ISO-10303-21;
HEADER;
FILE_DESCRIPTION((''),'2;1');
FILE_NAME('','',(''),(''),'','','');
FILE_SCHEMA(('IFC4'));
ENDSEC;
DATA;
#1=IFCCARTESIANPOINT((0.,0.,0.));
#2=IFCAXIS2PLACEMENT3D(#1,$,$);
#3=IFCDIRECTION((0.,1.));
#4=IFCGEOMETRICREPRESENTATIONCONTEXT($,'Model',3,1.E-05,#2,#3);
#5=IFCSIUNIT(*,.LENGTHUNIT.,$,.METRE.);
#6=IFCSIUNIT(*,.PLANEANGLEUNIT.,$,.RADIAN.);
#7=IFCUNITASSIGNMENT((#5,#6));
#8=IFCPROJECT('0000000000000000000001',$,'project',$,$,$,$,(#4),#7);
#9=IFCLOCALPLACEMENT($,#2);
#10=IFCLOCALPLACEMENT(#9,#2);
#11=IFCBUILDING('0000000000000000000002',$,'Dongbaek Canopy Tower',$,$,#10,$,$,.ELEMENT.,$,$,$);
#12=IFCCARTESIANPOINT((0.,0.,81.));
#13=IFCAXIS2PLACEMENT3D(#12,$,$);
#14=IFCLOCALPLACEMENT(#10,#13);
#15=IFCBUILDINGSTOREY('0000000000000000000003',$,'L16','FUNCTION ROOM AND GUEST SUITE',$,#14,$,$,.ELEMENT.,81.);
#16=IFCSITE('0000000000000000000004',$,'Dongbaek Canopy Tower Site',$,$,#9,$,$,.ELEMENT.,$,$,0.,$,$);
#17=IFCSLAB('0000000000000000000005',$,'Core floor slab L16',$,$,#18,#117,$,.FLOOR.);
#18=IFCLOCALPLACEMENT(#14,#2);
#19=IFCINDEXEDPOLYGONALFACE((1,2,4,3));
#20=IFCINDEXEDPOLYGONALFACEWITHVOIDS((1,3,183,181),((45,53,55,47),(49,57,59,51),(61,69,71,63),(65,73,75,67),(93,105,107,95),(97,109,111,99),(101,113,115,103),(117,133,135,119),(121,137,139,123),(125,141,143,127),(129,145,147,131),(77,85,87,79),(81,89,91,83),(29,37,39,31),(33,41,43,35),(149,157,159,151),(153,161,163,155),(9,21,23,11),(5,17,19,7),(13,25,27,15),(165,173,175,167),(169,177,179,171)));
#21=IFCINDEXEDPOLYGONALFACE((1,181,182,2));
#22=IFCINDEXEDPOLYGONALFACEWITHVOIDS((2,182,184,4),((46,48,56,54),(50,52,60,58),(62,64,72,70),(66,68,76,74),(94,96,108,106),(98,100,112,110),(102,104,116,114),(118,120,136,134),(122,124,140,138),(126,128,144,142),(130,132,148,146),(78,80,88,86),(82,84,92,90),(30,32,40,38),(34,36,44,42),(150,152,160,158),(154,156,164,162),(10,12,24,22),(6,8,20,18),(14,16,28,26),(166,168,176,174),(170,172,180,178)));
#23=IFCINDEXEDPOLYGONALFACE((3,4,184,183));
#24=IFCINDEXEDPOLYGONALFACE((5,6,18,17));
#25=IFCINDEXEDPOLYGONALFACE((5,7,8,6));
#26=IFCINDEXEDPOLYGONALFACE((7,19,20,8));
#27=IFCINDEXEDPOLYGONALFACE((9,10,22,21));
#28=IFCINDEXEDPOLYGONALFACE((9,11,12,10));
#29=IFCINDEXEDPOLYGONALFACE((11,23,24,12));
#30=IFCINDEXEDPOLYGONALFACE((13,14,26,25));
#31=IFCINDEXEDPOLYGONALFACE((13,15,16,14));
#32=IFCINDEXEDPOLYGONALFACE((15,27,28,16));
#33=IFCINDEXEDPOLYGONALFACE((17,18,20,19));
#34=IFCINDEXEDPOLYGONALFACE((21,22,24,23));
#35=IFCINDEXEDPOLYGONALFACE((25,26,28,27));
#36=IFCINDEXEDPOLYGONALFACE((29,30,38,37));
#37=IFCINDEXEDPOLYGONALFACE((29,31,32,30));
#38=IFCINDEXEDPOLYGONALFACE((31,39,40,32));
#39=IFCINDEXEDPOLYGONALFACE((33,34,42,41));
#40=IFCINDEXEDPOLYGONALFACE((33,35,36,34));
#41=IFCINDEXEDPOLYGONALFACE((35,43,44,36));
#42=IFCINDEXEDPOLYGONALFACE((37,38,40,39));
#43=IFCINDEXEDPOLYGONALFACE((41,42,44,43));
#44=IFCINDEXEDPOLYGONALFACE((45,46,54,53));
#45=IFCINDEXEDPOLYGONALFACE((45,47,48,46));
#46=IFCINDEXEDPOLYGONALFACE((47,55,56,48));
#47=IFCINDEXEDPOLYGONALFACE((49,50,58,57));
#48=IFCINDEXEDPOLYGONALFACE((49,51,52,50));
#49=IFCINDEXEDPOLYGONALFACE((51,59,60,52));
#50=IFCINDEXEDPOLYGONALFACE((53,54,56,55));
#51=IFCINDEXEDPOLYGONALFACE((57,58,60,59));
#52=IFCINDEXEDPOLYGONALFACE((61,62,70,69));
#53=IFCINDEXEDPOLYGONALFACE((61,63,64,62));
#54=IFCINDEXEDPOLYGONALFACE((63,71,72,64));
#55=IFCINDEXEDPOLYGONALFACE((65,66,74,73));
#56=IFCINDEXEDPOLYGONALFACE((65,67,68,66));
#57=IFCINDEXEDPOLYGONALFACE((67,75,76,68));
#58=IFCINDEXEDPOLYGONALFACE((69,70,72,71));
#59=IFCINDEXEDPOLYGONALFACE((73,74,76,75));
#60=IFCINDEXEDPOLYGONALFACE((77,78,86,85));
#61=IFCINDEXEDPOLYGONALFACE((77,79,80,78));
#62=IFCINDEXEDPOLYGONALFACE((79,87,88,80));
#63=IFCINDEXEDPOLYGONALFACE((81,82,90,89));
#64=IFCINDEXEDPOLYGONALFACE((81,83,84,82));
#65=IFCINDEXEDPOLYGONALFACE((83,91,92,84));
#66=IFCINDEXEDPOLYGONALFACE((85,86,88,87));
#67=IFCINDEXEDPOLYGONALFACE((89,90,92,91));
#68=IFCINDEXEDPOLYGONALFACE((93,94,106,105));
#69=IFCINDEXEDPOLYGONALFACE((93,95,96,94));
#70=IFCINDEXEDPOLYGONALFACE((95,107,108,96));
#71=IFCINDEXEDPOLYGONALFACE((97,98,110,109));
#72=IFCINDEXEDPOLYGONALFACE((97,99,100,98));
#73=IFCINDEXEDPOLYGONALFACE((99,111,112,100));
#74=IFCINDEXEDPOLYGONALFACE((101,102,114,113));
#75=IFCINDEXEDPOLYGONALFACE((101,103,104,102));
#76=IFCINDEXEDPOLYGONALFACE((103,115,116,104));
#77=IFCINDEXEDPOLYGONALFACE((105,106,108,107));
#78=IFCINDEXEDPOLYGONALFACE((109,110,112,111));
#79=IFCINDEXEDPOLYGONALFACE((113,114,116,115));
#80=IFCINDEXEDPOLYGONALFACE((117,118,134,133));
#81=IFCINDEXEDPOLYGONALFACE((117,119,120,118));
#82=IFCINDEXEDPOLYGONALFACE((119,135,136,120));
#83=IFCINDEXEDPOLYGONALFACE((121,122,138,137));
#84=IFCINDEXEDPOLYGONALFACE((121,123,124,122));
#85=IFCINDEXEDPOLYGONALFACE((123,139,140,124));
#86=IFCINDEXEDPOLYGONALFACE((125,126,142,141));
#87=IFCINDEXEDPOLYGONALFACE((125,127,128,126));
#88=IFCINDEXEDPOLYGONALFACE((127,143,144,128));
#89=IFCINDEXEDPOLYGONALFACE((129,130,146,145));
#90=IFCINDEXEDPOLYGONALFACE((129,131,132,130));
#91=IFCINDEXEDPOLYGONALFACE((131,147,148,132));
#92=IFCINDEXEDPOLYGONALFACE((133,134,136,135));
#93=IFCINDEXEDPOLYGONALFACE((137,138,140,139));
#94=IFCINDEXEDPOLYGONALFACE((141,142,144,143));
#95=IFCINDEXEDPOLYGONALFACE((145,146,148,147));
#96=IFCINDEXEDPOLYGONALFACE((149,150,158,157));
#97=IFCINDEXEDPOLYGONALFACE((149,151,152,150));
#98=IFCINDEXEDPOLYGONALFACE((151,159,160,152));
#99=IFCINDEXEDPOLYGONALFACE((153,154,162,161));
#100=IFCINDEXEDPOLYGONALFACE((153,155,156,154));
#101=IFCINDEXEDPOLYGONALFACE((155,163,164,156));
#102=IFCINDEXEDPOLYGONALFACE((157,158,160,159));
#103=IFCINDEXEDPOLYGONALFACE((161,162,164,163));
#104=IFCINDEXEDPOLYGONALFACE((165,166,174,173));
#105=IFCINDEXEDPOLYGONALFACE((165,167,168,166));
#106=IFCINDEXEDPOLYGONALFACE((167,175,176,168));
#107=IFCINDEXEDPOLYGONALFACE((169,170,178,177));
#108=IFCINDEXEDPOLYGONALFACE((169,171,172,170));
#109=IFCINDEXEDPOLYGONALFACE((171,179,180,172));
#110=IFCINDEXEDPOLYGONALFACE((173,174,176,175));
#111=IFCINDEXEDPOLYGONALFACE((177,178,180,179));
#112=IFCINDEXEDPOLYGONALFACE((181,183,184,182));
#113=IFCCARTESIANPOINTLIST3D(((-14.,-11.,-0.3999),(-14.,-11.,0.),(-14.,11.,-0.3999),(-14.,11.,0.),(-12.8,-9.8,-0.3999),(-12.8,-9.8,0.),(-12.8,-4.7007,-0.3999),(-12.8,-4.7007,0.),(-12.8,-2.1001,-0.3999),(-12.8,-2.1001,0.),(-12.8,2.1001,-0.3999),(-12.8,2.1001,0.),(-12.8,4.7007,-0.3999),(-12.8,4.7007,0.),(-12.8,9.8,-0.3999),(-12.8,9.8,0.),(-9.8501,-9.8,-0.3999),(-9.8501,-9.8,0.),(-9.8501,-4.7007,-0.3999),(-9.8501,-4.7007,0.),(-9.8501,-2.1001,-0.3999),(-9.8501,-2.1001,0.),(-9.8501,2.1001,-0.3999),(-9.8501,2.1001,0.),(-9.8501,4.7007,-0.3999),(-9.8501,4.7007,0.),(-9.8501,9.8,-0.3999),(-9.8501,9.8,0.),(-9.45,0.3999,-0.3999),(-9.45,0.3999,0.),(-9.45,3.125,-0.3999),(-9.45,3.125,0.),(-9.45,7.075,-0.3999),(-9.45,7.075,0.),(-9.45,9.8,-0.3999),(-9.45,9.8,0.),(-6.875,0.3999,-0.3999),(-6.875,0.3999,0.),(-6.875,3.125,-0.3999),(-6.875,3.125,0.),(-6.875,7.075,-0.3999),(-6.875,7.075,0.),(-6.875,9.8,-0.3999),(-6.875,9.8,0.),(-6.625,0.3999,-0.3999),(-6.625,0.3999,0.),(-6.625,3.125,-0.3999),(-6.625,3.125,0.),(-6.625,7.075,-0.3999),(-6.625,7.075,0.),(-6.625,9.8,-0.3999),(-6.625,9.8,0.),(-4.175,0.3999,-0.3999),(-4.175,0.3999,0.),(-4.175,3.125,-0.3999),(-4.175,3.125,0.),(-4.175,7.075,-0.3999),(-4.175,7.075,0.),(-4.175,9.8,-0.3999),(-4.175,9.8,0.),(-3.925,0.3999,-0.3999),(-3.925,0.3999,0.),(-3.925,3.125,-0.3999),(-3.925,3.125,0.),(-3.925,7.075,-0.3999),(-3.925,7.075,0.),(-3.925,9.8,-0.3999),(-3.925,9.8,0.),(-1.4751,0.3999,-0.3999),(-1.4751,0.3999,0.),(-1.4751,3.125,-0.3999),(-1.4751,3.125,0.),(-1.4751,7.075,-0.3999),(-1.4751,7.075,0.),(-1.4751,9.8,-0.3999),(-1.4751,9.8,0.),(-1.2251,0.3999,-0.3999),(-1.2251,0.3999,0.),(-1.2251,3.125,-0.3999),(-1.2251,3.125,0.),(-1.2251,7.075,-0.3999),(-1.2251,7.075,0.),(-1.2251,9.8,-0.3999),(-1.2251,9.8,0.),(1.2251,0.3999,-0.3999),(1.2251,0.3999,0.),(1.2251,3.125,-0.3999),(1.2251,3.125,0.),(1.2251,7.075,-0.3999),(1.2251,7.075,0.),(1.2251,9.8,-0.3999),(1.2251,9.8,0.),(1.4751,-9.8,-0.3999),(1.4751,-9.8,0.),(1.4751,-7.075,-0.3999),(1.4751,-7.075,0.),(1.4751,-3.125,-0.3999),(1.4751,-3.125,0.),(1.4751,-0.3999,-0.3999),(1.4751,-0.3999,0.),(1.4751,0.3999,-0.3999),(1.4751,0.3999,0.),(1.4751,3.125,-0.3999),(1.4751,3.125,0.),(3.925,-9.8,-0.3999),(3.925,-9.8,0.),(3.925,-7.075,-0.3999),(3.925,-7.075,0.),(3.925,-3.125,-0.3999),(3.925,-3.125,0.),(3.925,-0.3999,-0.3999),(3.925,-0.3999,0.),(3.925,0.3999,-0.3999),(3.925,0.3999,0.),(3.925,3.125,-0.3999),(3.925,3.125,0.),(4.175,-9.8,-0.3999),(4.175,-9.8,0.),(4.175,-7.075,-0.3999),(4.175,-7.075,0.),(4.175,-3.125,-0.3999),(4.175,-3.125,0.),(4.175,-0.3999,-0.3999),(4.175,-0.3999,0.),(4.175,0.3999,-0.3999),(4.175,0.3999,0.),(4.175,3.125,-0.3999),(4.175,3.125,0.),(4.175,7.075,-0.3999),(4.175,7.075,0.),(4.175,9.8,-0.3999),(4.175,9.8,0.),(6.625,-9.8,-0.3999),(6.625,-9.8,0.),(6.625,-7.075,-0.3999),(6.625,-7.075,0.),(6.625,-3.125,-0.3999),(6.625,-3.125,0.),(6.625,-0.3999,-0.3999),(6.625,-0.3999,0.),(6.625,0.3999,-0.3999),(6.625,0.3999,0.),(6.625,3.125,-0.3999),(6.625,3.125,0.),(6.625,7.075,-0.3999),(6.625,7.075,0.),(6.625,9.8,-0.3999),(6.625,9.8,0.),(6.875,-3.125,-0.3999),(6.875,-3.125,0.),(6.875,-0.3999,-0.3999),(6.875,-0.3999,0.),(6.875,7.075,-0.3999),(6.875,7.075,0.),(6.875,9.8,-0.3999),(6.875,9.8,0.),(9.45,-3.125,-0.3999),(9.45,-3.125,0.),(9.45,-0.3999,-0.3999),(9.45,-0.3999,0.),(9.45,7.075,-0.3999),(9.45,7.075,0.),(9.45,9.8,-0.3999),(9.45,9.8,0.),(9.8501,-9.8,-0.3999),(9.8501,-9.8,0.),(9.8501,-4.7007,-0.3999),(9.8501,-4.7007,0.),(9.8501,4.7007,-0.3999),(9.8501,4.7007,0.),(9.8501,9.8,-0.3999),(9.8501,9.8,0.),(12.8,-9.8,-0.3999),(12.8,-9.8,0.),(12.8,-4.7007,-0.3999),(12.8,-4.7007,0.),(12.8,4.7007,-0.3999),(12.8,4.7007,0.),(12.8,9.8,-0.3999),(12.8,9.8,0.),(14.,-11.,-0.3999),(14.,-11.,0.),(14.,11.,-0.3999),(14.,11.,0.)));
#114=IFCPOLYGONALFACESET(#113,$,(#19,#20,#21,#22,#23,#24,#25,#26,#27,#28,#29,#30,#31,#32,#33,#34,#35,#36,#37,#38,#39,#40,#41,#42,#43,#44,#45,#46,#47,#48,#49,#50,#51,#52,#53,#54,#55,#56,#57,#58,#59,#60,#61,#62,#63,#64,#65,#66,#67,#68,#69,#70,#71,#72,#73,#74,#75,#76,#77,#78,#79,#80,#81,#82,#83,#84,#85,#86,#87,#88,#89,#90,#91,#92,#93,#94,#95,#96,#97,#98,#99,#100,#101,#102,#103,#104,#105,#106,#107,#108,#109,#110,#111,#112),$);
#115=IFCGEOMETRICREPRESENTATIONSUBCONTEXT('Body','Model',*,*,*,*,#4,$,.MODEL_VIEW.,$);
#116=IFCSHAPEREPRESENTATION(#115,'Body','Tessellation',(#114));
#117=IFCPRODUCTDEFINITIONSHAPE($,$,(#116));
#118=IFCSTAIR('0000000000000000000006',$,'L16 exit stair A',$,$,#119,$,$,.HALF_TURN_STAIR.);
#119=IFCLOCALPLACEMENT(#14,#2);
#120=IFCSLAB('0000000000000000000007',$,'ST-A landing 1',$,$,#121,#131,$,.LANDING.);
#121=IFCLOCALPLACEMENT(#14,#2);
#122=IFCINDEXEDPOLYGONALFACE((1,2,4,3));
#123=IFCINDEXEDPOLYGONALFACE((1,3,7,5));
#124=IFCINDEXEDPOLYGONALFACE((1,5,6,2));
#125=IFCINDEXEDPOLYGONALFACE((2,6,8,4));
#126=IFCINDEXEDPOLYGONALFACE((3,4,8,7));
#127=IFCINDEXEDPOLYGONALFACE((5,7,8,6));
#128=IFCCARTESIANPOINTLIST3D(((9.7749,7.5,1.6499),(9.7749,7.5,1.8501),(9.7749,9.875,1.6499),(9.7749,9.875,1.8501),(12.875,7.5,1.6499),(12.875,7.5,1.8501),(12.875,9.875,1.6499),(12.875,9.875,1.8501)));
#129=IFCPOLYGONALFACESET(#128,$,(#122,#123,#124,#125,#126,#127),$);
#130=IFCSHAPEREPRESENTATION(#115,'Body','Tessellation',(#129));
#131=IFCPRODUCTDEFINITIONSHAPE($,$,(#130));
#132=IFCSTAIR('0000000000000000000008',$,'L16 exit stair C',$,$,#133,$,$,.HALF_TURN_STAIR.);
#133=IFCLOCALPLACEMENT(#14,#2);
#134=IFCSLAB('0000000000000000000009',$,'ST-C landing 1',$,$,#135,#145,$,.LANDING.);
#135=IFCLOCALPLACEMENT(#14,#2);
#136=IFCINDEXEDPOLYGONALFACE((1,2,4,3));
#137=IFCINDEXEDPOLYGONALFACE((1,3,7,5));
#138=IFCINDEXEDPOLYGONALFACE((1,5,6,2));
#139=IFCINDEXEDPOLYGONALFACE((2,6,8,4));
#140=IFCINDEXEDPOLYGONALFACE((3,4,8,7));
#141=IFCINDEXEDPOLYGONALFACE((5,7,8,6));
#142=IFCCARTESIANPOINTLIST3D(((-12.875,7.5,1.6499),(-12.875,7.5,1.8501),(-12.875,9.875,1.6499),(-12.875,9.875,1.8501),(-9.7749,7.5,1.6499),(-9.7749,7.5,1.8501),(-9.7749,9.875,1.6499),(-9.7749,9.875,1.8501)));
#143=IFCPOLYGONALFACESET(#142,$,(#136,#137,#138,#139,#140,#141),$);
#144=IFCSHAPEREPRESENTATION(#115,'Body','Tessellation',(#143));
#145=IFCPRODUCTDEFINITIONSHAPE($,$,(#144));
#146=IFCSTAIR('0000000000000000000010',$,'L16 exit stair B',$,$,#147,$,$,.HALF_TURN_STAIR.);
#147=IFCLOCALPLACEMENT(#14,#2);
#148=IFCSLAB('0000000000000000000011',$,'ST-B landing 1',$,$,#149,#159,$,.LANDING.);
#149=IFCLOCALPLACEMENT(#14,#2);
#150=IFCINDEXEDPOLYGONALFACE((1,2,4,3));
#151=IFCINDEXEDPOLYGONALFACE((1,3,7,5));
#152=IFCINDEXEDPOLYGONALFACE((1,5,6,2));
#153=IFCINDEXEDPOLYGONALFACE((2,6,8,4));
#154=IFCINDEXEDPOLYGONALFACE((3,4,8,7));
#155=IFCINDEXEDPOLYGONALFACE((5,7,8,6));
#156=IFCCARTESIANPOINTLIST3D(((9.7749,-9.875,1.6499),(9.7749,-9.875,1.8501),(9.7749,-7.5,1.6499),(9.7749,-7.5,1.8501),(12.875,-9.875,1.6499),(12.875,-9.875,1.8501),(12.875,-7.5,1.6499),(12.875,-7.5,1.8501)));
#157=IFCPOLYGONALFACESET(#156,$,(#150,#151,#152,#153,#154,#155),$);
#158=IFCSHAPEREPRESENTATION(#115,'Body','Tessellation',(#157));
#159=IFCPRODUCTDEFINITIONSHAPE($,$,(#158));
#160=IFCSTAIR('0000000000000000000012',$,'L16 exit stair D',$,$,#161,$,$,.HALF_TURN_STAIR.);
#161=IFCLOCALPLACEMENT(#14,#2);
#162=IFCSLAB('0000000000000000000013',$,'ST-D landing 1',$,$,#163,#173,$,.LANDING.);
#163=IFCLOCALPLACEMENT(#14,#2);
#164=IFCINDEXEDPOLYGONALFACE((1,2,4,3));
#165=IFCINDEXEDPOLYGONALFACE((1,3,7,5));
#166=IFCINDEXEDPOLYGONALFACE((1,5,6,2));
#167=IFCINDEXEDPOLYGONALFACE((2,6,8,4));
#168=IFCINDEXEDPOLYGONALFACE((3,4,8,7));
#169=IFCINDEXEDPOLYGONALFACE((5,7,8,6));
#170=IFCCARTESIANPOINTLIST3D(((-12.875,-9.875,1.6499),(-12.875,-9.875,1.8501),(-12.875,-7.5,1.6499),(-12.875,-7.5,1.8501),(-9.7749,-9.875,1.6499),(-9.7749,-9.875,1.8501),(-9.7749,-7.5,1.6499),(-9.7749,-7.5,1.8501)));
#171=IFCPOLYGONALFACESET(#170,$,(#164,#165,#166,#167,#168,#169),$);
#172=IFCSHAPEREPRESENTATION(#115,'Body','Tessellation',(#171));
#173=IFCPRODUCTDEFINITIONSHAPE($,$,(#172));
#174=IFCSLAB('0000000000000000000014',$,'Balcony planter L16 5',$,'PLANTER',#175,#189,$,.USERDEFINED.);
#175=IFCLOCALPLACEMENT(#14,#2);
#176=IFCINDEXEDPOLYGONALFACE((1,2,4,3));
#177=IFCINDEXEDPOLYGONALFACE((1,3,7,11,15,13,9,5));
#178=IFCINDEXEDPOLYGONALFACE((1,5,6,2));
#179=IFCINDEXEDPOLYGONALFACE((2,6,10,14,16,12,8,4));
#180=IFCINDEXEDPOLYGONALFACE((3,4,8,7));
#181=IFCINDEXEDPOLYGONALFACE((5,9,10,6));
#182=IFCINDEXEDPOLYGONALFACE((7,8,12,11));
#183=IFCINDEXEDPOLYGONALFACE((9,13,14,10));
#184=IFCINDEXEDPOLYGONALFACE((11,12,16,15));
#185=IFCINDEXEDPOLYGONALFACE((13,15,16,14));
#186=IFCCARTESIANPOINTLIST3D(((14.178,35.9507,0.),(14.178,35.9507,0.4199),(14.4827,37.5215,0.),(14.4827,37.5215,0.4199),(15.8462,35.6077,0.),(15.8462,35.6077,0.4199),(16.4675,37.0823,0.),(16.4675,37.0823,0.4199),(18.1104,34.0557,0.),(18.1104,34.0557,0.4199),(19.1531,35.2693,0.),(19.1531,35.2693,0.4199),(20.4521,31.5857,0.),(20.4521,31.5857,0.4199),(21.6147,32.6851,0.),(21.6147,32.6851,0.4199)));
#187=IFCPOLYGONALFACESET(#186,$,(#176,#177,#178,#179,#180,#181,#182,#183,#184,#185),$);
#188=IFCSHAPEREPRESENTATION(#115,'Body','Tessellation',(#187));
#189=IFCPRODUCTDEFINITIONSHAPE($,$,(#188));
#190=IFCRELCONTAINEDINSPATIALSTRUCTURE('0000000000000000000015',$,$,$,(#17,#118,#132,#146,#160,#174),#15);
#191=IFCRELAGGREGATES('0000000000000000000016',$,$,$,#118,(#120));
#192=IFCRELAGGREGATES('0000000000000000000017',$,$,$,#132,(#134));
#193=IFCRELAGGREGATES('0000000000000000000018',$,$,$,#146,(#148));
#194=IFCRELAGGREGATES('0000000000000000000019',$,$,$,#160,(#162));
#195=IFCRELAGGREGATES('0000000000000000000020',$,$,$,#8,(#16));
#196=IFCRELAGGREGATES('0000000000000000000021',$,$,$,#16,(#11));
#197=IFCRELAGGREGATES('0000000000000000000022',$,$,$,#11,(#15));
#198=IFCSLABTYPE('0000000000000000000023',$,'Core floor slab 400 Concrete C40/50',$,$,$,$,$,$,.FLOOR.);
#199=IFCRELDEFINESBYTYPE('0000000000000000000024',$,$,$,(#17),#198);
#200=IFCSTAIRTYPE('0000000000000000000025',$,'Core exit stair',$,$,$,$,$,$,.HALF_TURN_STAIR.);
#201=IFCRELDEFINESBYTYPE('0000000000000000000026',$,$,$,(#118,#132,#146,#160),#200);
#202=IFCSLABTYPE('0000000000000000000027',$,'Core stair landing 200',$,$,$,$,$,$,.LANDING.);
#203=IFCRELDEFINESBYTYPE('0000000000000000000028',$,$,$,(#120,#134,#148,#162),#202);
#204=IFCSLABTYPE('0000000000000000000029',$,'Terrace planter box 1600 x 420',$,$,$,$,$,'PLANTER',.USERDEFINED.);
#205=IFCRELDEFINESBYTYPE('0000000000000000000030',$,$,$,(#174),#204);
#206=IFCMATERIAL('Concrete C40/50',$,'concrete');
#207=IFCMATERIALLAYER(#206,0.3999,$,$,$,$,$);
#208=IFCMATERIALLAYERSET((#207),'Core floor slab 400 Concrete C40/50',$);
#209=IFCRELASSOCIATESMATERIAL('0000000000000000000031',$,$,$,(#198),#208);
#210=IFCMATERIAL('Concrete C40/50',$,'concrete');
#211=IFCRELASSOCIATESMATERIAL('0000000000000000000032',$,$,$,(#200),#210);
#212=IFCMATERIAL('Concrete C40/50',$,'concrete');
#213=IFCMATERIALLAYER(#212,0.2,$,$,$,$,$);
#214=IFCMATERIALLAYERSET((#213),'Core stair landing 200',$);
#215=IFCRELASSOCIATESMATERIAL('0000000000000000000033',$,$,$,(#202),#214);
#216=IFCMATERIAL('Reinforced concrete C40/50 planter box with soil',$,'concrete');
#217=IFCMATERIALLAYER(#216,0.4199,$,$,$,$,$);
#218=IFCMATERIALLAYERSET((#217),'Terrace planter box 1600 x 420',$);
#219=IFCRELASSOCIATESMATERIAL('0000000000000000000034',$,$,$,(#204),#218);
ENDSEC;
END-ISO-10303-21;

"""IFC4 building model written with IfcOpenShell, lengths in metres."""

from ifc_helpers import new_model, si_unit, direction, frame, origin, place, context, subcontext, project, spatial, polyline, outline, extrude, material, layer, layer_set, type_object, element, aggregate, save


model = new_model("IFC4")

# Units and contexts
model_context = context("Model", 3, precision=1e-05, world=origin(), true_north=direction((0.0, 1.0)))
body_context = subcontext(model_context, "Body", "Model", "MODEL_VIEW")
ifc_project = project(units=[si_unit("LENGTHUNIT", "METRE"), si_unit("PLANEANGLEUNIT", "RADIAN")], contexts=[model_context])

# Site, building, storey
site_placement = place(None, origin())
site = spatial("IfcSite", under=ifc_project, at=site_placement, Name="Dongbaek Canopy Tower Site", CompositionType="ELEMENT", RefElevation=0.0)
building_placement = place(site_placement, origin())
building = spatial("IfcBuilding", under=site, at=building_placement, Name="Dongbaek Canopy Tower", CompositionType="ELEMENT")
storey_placement = place(building_placement, frame((0.0, 0.0, 81.0)))
storey = spatial("IfcBuildingStorey", under=building, at=storey_placement, Name="L16", Description="FUNCTION ROOM AND GUEST SUITE", CompositionType="ELEMENT", Elevation=81.0)

# Slab
ifc_material_1 = material(Name="Concrete C40/50", Category="concrete")
ifc_layer_1 = layer(ifc_material_1, 0.3999)
ifc_layer_set_1 = layer_set([ifc_layer_1], Name="Core floor slab 400 Concrete C40/50")
slab_type_1 = type_object("IfcSlabType", Name="Core floor slab 400 Concrete C40/50", PredefinedType="FLOOR", material=ifc_layer_set_1)
slab_1_placement = place(storey_placement, frame((0.0, 0.0, -0.3999)))
element("IfcSlab", 1, at=slab_1_placement, inside=storey, type_object=slab_type_1, Name="Core floor slab L16", PredefinedType="FLOOR", context=body_context, shape_type="SweptSolid", body=[
    extrude(outline(polyline([(14.0, -11.0), (14.0, 11.0), (-14.0, 11.0), (-14.0, -11.0), (14.0, -11.0)]), holes=[polyline([(-12.8, 2.1001), (-9.8501, 2.1001), (-9.8501, -2.1001), (-12.8, -2.1001), (-12.8, 2.1001)]), polyline([(-6.875, 9.8), (-6.875, 7.075), (-9.45, 7.075), (-9.45, 9.8), (-6.875, 9.8)]), polyline([(-4.175, 9.8), (-4.175, 7.075), (-6.625, 7.075), (-6.625, 9.8), (-4.175, 9.8)]), polyline([(-1.4751, 9.8), (-1.4751, 7.075), (-3.925, 7.075), (-3.925, 9.8), (-1.4751, 9.8)]), polyline([(1.2251, 9.8), (1.2251, 7.075), (-1.2251, 7.075), (-1.2251, 9.8), (1.2251, 9.8)]), polyline([(6.625, 9.8), (6.625, 7.075), (4.175, 7.075), (4.175, 9.8), (6.625, 9.8)]), polyline([(9.45, 7.075), (6.875, 7.075), (6.875, 9.8), (9.45, 9.8), (9.45, 7.075)]), polyline([(-9.45, 3.125), (-6.875, 3.125), (-6.875, 0.3999), (-9.45, 0.3999), (-9.45, 3.125)]), polyline([(-6.625, 3.125), (-4.175, 3.125), (-4.175, 0.3999), (-6.625, 0.3999), (-6.625, 3.125)]), polyline([(-3.925, 3.125), (-1.4751, 3.125), (-1.4751, 0.3999), (-3.925, 0.3999), (-3.925, 3.125)]), polyline([(-1.2251, 3.125), (1.2251, 3.125), (1.2251, 0.3999), (-1.2251, 0.3999), (-1.2251, 3.125)]), polyline([(1.4751, 0.3999), (1.4751, 3.125), (3.925, 3.125), (3.925, 0.3999), (1.4751, 0.3999)]), polyline([(4.175, 0.3999), (4.175, 3.125), (6.625, 3.125), (6.625, 0.3999), (4.175, 0.3999)]), polyline([(3.925, -0.3999), (3.925, -3.125), (1.4751, -3.125), (1.4751, -0.3999), (3.925, -0.3999)]), polyline([(6.625, -0.3999), (6.625, -3.125), (4.175, -3.125), (4.175, -0.3999), (6.625, -0.3999)]), polyline([(9.45, -3.125), (6.875, -3.125), (6.875, -0.3999), (9.45, -0.3999), (9.45, -3.125)]), polyline([(1.4751, -9.8), (1.4751, -7.075), (3.925, -7.075), (3.925, -9.8), (1.4751, -9.8)]), polyline([(4.175, -9.8), (4.175, -7.075), (6.625, -7.075), (6.625, -9.8), (4.175, -9.8)]), polyline([(12.8, 4.7007), (12.8, 9.8), (9.8501, 9.8), (9.8501, 4.7007), (12.8, 4.7007)]), polyline([(-9.8501, 4.7007), (-9.8501, 9.8), (-12.8, 9.8), (-12.8, 4.7007), (-9.8501, 4.7007)]), polyline([(9.8501, -4.7007), (9.8501, -9.8), (12.8, -9.8), (12.8, -4.7007), (9.8501, -4.7007)]), polyline([(-12.8, -4.7007), (-12.8, -9.8), (-9.8501, -9.8), (-9.8501, -4.7007), (-12.8, -4.7007)])]), origin(), (0.0, 0.0, 1.0), 0.3999),
])

# Stairs, slabs
ifc_material_2 = material(Name="Concrete C40/50", Category="concrete")
stair_type = type_object("IfcStairType", Name="Core exit stair", PredefinedType="HALF_TURN_STAIR", material=ifc_material_2)
stair_1_placement = place(storey_placement, origin())
stair_1 = element("IfcStair", 2, at=stair_1_placement, inside=storey, type_object=stair_type, Name="L16 exit stair A", PredefinedType="HALF_TURN_STAIR")
ifc_material_3 = material(Name="Concrete C40/50", Category="concrete")
ifc_layer_2 = layer(ifc_material_3, 0.2)
ifc_layer_set_2 = layer_set([ifc_layer_2], Name="Core stair landing 200")
slab_type_2 = type_object("IfcSlabType", Name="Core stair landing 200", PredefinedType="LANDING", material=ifc_layer_set_2)
slab_2_placement = place(storey_placement, frame((0.0, 0.0, 1.6499)))
slab_2 = element("IfcSlab", 3, at=slab_2_placement, type_object=slab_type_2, Name="ST-A landing 1", PredefinedType="LANDING", context=body_context, shape_type="SweptSolid", body=[
    extrude(outline(polyline([(12.875, 7.5), (12.875, 9.875), (9.7749, 9.875), (9.7749, 7.5), (12.875, 7.5)])), origin(), (0.0, 0.0, 1.0), 0.2002),
])
aggregate(stair_1, [slab_2])
stair_2_placement = place(storey_placement, origin())
stair_2 = element("IfcStair", 4, at=stair_2_placement, inside=storey, type_object=stair_type, Name="L16 exit stair C", PredefinedType="HALF_TURN_STAIR")
slab_3_placement = place(storey_placement, frame((0.0, 0.0, 1.6499)))
slab_3 = element("IfcSlab", 5, at=slab_3_placement, type_object=slab_type_2, Name="ST-C landing 1", PredefinedType="LANDING", context=body_context, shape_type="SweptSolid", body=[
    extrude(outline(polyline([(-9.7749, 7.5), (-9.7749, 9.875), (-12.875, 9.875), (-12.875, 7.5), (-9.7749, 7.5)])), origin(), (0.0, 0.0, 1.0), 0.2002),
])
aggregate(stair_2, [slab_3])
stair_3_placement = place(storey_placement, origin())
stair_3 = element("IfcStair", 6, at=stair_3_placement, inside=storey, type_object=stair_type, Name="L16 exit stair B", PredefinedType="HALF_TURN_STAIR")
slab_4_placement = place(storey_placement, frame((0.0, 0.0, 1.6499)))
slab_4 = element("IfcSlab", 7, at=slab_4_placement, type_object=slab_type_2, Name="ST-B landing 1", PredefinedType="LANDING", context=body_context, shape_type="SweptSolid", body=[
    extrude(outline(polyline([(9.7749, -7.5), (9.7749, -9.875), (12.875, -9.875), (12.875, -7.5), (9.7749, -7.5)])), origin(), (0.0, 0.0, 1.0), 0.2002),
])
aggregate(stair_3, [slab_4])
stair_4_placement = place(storey_placement, origin())
stair_4 = element("IfcStair", 8, at=stair_4_placement, inside=storey, type_object=stair_type, Name="L16 exit stair D", PredefinedType="HALF_TURN_STAIR")
slab_5_placement = place(storey_placement, frame((0.0, 0.0, 1.6499)))
slab_5 = element("IfcSlab", 9, at=slab_5_placement, type_object=slab_type_2, Name="ST-D landing 1", PredefinedType="LANDING", context=body_context, shape_type="SweptSolid", body=[
    extrude(outline(polyline([(-12.875, -7.5), (-12.875, -9.875), (-9.7749, -9.875), (-9.7749, -7.5), (-12.875, -7.5)])), origin(), (0.0, 0.0, 1.0), 0.2002),
])
aggregate(stair_4, [slab_5])

# Slab
ifc_material_4 = material(Name="Reinforced concrete C40/50 planter box with soil", Category="concrete")
ifc_layer_3 = layer(ifc_material_4, 0.4199)
ifc_layer_set_3 = layer_set([ifc_layer_3], Name="Terrace planter box 1600 x 420")
slab_type_3 = type_object("IfcSlabType", Name="Terrace planter box 1600 x 420", ElementType="PLANTER", PredefinedType="USERDEFINED", material=ifc_layer_set_3)
slab_6_placement = place(storey_placement, origin())
element("IfcSlab", 10, at=slab_6_placement, inside=storey, type_object=slab_type_3, Name="Balcony planter L16 5", ObjectType="PLANTER", PredefinedType="USERDEFINED", context=body_context, shape_type="SweptSolid", body=[
    extrude(outline(polyline([(20.4521, 31.5857), (18.1104, 34.0557), (15.8462, 35.6077), (14.178, 35.9507), (14.4827, 37.5215), (16.4675, 37.0823), (19.1531, 35.2693), (21.6147, 32.6851), (20.4521, 31.5857)])), origin(), (0.0, 0.0, 1.0), 0.4199),
])

save(model, "model.ifc")
